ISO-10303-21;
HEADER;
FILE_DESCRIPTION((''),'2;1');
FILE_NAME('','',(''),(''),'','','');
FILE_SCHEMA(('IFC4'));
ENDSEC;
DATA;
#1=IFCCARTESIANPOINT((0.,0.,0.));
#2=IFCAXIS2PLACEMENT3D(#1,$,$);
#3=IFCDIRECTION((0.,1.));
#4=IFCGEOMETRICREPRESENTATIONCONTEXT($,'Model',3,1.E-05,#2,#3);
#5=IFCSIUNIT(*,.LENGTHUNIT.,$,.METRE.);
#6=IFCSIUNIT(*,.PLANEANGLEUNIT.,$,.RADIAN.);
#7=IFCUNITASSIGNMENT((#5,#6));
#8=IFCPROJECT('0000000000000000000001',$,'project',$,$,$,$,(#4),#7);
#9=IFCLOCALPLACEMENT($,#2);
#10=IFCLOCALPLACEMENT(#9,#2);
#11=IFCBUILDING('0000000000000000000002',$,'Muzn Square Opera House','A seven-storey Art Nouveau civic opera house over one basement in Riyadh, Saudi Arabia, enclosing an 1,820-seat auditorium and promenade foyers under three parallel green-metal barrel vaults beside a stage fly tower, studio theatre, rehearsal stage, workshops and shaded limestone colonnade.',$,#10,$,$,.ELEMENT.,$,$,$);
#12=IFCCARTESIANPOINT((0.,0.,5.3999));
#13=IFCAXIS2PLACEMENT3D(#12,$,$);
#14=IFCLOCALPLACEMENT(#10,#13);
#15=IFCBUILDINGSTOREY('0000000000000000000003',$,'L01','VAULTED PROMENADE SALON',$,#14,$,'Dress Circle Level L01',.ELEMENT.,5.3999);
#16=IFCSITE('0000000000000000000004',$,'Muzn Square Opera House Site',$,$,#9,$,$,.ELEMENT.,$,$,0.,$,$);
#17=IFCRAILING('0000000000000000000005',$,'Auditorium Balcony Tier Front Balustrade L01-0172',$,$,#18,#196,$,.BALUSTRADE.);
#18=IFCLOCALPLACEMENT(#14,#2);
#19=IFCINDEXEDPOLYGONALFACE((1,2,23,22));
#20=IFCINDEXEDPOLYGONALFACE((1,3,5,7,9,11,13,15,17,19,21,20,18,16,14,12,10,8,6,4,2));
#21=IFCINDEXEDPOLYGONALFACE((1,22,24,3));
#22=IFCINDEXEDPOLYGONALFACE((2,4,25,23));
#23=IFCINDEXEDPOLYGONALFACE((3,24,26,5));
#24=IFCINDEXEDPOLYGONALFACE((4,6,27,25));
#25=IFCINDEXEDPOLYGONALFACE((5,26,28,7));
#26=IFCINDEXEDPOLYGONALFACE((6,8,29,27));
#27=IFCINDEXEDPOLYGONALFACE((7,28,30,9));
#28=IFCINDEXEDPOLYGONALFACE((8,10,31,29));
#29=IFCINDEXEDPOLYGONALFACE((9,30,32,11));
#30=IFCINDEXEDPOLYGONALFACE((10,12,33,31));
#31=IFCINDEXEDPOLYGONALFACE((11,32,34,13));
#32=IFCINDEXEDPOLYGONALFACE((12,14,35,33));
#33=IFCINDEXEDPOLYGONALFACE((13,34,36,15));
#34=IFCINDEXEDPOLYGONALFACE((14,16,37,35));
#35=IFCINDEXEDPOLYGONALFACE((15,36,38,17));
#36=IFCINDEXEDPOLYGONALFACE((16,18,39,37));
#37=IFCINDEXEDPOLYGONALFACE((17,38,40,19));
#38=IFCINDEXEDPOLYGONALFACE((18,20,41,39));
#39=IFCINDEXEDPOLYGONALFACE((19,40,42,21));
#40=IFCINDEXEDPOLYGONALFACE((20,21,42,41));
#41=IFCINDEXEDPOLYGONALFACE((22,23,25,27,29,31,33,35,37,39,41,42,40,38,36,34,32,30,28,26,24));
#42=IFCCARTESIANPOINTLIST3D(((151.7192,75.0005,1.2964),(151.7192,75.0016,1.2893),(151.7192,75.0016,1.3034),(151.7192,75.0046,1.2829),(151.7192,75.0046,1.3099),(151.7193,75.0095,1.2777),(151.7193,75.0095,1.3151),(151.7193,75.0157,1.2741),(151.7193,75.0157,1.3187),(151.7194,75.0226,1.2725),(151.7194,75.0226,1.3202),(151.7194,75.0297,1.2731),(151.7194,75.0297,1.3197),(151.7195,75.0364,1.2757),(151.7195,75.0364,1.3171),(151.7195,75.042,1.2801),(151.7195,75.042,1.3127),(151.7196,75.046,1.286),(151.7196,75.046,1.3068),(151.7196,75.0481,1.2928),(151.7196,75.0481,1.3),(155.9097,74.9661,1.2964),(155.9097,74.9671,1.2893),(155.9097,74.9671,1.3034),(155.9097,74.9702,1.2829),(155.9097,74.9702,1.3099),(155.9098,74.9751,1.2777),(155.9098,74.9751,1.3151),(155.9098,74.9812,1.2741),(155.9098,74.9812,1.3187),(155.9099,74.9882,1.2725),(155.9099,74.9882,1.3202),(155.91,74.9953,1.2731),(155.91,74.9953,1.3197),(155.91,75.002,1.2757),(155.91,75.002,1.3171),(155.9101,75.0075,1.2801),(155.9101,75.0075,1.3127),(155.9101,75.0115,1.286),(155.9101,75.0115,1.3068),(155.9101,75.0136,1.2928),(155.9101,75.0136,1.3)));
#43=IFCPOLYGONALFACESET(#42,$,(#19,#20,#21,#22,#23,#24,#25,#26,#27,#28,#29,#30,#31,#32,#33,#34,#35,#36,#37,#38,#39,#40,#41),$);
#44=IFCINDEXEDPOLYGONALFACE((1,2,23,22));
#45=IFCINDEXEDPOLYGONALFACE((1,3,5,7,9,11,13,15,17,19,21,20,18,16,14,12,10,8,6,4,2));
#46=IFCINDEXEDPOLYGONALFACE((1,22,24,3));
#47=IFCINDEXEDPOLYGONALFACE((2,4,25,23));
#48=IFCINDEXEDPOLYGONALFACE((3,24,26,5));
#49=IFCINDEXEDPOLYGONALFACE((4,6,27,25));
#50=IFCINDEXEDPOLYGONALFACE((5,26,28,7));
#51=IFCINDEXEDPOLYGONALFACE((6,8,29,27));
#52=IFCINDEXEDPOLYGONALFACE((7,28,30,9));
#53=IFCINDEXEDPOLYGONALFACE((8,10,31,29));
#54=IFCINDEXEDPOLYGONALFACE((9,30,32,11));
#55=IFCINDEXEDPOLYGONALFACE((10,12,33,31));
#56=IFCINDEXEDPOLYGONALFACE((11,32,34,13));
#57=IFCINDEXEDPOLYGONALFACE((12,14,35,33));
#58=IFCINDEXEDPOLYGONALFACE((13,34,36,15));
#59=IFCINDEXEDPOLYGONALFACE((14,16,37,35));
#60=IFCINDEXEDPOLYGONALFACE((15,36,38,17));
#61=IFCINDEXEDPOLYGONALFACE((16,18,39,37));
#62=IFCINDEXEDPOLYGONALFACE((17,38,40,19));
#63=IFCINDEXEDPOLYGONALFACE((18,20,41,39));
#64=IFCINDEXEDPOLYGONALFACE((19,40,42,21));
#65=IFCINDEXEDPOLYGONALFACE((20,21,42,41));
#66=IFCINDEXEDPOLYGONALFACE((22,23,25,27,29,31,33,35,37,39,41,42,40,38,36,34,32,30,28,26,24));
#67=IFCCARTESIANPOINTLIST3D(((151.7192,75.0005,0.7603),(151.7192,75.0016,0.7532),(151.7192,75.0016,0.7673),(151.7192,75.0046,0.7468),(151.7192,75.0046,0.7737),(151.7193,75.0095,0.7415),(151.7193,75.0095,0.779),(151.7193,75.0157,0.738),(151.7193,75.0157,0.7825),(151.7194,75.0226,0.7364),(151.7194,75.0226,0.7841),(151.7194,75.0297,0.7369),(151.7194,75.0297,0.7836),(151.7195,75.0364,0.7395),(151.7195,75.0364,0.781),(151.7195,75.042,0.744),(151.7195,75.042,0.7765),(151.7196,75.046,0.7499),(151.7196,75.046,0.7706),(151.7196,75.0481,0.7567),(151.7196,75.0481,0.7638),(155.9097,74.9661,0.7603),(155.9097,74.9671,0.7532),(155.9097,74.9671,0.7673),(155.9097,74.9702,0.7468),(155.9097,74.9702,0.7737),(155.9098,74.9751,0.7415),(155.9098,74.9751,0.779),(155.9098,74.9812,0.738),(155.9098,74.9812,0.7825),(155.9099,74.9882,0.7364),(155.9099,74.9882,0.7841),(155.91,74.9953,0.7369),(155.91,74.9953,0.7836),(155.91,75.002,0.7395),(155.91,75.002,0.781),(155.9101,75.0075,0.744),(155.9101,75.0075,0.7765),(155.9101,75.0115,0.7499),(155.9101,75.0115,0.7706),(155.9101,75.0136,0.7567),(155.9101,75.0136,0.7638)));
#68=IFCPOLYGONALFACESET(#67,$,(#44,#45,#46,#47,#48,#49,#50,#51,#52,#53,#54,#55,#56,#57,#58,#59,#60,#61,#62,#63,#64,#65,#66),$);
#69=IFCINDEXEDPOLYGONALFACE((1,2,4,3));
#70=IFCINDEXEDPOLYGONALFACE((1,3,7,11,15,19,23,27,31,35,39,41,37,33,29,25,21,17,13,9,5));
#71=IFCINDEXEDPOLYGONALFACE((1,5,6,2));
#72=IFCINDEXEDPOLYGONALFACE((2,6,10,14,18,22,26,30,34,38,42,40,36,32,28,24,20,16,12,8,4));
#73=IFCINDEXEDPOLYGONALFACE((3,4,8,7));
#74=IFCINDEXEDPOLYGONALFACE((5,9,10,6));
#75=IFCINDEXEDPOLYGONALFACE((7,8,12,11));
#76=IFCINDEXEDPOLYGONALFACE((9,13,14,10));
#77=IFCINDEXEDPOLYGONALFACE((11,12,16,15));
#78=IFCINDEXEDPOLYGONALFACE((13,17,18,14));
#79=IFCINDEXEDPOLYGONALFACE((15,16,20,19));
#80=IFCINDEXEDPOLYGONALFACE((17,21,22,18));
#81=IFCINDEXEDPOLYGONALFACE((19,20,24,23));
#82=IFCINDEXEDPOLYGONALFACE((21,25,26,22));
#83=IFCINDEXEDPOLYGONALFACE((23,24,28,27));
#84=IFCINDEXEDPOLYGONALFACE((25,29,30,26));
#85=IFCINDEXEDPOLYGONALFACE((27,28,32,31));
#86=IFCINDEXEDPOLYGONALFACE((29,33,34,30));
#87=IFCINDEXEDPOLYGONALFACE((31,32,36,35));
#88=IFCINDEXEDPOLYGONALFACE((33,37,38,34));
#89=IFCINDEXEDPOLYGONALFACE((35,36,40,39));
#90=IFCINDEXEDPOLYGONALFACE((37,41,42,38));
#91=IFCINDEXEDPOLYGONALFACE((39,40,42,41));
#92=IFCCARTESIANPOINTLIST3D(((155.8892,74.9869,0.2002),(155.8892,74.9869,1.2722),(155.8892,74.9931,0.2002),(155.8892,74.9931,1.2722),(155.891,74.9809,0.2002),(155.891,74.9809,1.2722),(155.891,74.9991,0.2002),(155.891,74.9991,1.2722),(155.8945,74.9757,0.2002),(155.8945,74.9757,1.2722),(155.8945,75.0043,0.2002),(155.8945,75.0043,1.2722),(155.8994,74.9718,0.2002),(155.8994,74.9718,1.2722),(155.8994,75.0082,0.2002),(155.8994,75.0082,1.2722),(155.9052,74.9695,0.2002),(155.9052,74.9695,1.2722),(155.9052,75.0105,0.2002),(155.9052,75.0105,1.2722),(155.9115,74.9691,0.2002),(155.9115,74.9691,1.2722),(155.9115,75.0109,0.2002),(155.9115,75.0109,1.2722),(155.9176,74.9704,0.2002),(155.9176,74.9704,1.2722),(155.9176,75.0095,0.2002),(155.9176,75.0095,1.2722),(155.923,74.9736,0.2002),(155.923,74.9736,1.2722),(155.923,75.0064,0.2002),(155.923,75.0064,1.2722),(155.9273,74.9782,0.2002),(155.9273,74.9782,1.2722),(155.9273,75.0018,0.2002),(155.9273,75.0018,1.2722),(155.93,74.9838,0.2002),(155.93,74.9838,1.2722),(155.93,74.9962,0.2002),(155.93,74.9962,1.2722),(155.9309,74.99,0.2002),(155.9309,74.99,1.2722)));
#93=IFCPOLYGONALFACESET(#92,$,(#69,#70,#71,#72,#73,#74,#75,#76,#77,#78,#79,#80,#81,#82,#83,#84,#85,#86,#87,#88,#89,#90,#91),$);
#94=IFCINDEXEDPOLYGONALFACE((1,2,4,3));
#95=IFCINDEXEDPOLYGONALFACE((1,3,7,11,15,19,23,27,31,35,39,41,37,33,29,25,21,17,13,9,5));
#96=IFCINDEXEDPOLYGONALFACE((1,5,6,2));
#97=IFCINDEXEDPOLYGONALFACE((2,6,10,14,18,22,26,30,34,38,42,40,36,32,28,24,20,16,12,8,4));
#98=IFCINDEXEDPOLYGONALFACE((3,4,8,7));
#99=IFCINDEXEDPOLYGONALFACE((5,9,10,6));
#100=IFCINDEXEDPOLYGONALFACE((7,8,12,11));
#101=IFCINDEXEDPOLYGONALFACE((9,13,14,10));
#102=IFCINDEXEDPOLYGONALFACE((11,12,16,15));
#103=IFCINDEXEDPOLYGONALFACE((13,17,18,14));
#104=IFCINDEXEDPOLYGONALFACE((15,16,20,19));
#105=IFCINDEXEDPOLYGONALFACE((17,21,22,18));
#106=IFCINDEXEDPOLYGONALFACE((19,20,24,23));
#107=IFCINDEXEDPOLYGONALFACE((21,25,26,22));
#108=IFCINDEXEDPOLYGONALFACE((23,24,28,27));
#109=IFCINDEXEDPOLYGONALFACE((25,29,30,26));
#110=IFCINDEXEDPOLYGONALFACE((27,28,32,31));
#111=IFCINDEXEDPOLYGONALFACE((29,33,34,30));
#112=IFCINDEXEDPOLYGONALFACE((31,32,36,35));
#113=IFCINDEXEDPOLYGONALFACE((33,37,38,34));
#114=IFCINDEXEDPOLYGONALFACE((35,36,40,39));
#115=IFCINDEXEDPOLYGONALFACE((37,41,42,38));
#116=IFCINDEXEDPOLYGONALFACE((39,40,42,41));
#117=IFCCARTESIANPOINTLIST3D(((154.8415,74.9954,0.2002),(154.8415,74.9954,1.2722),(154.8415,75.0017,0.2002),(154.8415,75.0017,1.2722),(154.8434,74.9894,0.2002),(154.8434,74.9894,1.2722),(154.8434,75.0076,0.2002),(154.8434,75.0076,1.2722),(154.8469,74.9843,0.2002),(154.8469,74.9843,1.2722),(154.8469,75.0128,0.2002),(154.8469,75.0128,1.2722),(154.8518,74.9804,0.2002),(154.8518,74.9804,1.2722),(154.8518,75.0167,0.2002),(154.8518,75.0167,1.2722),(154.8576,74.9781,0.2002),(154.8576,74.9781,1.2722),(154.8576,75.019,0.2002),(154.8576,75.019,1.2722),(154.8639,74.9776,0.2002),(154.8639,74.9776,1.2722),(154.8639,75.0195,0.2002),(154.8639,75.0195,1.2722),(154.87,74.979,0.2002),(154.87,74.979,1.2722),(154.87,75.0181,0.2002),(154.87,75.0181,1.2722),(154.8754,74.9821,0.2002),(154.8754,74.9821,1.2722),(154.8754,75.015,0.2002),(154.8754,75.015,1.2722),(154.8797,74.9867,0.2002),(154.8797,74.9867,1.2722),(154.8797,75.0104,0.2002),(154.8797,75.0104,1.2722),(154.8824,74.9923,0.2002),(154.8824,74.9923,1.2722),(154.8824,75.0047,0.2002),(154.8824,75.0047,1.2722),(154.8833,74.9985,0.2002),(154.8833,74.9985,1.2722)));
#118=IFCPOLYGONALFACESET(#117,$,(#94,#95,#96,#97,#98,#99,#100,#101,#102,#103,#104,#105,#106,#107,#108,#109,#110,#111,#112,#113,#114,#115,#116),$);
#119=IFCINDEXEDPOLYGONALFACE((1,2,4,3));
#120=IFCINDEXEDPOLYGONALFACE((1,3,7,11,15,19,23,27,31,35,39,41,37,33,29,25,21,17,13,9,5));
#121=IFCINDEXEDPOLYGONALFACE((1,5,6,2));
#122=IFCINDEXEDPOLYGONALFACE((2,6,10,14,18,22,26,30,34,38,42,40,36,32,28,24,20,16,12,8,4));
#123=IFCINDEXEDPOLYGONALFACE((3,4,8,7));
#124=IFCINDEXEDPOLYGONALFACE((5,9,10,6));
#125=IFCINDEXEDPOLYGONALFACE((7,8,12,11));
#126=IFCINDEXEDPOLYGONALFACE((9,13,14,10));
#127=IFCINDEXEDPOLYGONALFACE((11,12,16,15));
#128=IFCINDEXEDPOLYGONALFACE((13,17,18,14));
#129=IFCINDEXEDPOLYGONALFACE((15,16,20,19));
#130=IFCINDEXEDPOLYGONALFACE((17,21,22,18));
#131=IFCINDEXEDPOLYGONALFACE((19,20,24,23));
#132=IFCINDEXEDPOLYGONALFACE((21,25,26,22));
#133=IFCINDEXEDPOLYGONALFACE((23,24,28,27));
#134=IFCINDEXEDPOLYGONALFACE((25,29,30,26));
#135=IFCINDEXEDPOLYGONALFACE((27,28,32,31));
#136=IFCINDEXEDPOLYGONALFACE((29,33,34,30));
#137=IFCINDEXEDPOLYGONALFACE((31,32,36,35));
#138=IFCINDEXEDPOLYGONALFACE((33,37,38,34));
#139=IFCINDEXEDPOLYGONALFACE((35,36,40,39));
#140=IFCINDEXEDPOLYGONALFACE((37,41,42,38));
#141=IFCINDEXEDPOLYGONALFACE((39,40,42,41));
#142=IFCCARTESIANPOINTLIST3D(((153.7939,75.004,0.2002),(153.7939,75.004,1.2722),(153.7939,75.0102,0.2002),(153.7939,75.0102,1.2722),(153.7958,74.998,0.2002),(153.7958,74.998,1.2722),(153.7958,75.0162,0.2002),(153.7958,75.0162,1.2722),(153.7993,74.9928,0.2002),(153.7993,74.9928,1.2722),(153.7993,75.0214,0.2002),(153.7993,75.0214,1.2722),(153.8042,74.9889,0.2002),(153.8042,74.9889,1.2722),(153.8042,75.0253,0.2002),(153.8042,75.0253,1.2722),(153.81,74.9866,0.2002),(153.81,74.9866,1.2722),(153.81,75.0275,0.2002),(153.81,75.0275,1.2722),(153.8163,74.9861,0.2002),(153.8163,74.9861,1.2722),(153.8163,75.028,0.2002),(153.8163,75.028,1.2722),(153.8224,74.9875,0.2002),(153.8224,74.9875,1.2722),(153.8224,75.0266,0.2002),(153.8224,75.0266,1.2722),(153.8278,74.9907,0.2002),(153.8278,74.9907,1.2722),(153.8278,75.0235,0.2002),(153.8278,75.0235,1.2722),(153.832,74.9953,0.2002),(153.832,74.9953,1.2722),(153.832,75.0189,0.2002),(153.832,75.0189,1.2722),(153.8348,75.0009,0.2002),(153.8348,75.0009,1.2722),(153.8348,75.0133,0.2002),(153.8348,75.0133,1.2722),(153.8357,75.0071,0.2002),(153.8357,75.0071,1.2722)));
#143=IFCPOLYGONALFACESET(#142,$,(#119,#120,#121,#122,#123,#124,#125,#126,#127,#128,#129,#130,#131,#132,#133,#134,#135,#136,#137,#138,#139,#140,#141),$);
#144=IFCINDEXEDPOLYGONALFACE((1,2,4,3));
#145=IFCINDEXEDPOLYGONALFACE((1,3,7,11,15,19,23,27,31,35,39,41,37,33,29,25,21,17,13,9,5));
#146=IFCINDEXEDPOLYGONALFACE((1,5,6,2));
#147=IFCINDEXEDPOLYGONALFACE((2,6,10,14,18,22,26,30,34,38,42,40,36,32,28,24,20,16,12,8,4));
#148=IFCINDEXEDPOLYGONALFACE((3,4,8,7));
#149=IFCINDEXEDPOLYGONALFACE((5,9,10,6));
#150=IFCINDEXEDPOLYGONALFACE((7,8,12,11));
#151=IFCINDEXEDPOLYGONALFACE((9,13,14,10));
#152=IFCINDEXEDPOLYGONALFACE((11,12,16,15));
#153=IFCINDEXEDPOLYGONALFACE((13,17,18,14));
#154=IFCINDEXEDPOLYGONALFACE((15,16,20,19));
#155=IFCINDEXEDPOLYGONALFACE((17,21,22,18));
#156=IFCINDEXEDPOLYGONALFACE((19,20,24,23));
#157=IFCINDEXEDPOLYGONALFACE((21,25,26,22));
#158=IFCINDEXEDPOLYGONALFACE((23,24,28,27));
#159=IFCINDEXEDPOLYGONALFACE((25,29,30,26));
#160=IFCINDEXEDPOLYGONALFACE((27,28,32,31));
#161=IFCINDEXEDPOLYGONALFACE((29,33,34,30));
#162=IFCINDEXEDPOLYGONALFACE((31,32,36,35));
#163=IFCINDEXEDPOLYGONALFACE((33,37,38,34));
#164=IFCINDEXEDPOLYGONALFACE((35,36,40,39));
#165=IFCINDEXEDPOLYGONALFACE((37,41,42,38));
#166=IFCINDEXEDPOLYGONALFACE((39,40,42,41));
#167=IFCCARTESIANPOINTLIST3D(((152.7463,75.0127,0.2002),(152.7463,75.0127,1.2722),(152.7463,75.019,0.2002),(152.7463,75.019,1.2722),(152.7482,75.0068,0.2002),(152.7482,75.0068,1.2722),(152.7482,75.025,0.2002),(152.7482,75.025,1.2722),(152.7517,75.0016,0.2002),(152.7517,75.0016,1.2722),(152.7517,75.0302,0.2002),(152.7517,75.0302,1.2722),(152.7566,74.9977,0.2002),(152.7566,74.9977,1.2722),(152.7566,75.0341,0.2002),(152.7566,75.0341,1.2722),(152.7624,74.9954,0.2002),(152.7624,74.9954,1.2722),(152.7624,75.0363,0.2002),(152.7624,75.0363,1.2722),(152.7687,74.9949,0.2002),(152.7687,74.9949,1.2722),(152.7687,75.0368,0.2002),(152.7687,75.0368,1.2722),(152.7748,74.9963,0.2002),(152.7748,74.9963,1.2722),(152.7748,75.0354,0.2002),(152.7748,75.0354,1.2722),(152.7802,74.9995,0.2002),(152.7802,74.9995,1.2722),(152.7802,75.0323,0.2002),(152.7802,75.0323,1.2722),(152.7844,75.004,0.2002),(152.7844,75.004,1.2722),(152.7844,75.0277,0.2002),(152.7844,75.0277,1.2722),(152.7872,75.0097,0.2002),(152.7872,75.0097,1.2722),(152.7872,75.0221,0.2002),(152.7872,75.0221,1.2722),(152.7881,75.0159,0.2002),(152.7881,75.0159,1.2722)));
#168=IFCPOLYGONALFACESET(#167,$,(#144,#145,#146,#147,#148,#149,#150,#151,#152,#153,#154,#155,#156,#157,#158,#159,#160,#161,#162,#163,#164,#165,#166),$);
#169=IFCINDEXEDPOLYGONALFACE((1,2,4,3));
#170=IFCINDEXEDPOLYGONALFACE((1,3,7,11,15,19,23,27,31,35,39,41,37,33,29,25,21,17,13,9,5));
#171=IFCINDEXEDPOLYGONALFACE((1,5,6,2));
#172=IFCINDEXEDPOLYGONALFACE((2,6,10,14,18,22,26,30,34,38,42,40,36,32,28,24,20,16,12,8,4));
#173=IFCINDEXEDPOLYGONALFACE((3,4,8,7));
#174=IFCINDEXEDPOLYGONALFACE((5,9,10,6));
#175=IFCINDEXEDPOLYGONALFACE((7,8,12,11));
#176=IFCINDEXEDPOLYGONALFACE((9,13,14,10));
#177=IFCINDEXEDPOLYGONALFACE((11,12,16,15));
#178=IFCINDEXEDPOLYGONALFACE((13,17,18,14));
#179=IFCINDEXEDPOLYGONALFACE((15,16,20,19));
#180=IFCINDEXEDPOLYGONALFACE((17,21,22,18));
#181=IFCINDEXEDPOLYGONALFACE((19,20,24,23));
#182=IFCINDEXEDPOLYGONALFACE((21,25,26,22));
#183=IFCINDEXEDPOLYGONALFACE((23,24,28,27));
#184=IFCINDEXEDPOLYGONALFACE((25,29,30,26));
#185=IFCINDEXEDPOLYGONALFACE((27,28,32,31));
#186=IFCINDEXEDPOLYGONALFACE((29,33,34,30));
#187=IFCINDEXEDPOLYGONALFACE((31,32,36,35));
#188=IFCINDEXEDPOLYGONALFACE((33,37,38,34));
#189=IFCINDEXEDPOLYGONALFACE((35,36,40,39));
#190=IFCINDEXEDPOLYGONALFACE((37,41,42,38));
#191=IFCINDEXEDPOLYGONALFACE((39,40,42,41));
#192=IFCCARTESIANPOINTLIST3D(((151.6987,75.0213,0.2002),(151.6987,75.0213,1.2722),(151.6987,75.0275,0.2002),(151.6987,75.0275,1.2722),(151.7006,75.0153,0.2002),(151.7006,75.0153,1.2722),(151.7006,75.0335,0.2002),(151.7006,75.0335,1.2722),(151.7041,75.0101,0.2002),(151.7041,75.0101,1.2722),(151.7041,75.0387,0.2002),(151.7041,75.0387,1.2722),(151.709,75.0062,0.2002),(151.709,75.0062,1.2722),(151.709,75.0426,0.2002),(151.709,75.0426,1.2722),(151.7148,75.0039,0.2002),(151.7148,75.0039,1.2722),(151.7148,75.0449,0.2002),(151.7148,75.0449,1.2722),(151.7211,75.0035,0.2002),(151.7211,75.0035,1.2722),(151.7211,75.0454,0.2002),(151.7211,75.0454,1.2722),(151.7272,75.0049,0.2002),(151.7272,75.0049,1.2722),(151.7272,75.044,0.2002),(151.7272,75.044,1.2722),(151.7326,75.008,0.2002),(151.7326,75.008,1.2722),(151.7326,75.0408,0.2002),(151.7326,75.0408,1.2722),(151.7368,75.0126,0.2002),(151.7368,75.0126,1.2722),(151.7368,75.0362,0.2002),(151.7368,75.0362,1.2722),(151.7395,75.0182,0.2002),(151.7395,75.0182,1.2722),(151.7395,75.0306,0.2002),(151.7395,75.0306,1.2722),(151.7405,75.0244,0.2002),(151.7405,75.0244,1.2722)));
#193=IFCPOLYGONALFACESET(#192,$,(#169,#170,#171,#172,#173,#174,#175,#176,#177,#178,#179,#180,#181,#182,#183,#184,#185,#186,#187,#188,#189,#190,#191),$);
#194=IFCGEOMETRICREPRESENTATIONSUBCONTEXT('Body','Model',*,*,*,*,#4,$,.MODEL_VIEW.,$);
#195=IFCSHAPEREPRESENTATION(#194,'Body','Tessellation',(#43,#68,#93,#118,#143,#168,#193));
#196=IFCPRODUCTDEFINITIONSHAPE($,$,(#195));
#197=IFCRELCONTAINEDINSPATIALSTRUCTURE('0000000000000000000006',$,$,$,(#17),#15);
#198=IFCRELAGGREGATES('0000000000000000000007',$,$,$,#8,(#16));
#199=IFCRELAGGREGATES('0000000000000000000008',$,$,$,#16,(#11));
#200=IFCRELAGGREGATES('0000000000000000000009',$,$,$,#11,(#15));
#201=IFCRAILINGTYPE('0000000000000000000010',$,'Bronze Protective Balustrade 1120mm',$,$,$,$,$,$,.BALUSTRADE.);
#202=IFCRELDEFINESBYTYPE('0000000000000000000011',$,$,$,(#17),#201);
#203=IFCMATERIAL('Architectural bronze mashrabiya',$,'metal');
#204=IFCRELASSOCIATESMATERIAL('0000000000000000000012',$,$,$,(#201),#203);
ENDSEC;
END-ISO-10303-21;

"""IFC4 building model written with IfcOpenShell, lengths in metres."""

from ifc_helpers import new_model, si_unit, direction, frame, origin, origin_2d, place, context, subcontext, project, spatial, circle, extrude, material, type_object, element, save


model = new_model("IFC4")

# Units and contexts
model_context = context("Model", 3, precision=1e-05, world=origin(), true_north=direction((0.0, 1.0)))
body_context = subcontext(model_context, "Body", "Model", "MODEL_VIEW")
ifc_project = project(units=[si_unit("LENGTHUNIT", "METRE"), si_unit("PLANEANGLEUNIT", "RADIAN")], contexts=[model_context])

# Site, building, storey
site_placement = place(None, origin())
site = spatial("IfcSite", under=ifc_project, at=site_placement, Name="Muzn Square Opera House Site", CompositionType="ELEMENT", RefElevation=0.0)
building_placement = place(site_placement, origin())
building = spatial("IfcBuilding", under=site, at=building_placement, Name="Muzn Square Opera House", Description="A seven-storey Art Nouveau civic opera house over one basement in Riyadh, Saudi Arabia, enclosing an 1,820-seat auditorium and promenade foyers under three parallel green-metal barrel vaults beside a stage fly tower, studio theatre, rehearsal stage, workshops and shaded limestone colonnade.", CompositionType="ELEMENT")
storey_placement = place(building_placement, frame((0.0, 0.0, 5.3999)))
storey = spatial("IfcBuildingStorey", under=building, at=storey_placement, Name="L01", Description="VAULTED PROMENADE SALON", LongName="Dress Circle Level L01", CompositionType="ELEMENT", Elevation=5.3999)

# Railing
ifc_material_1 = material(Name="Architectural bronze mashrabiya", Category="metal")
railing_type = type_object("IfcRailingType", Name="Bronze Protective Balustrade 1120mm", PredefinedType="BALUSTRADE", material=ifc_material_1)
railing_1_placement = place(storey_placement, frame((155.9099, 74.99, 0.2002)))
element("IfcRailing", 1, at=railing_1_placement, inside=storey, type_object=railing_type, Name="Auditorium Balcony Tier Front Balustrade L01-0172", PredefinedType="BALUSTRADE", context=body_context, shape_type="SweptSolid", body=[
    extrude(circle(Radius=0.0239, at=origin_2d()), frame((0.0, 0.0, 1.0962), z_axis=(-0.999966, 0.008215, 0.0), x_axis=(-0.008215, -0.999966, 0.0)), (0.0, 0.0, 1.0), 4.1907),
    extrude(circle(Radius=0.0239, at=origin_2d()), frame((0.0, 0.0, 0.5601), z_axis=(-0.999966, 0.008215, 0.0), x_axis=(-0.008215, -0.999966, 0.0)), (0.0, 0.0, 1.0), 4.1907),
    extrude(circle(Radius=0.021, at=origin_2d()), origin(), (0.0, 0.0, 1.0), 1.072),
    extrude(circle(Radius=0.021, at=origin_2d()), frame((-1.0476, 0.0085, 0.0)), (0.0, 0.0, 1.0), 1.072),
    extrude(circle(Radius=0.021, at=origin_2d()), frame((-2.0952, 0.0171, 0.0)), (0.0, 0.0, 1.0), 1.072),
    extrude(circle(Radius=0.021, at=origin_2d()), frame((-3.1428, 0.0259, 0.0)), (0.0, 0.0, 1.0), 1.072),
    extrude(circle(Radius=0.021, at=origin_2d()), frame((-4.1904, 0.0344, 0.0)), (0.0, 0.0, 1.0), 1.072),
])

save(model, "model.ifc")
